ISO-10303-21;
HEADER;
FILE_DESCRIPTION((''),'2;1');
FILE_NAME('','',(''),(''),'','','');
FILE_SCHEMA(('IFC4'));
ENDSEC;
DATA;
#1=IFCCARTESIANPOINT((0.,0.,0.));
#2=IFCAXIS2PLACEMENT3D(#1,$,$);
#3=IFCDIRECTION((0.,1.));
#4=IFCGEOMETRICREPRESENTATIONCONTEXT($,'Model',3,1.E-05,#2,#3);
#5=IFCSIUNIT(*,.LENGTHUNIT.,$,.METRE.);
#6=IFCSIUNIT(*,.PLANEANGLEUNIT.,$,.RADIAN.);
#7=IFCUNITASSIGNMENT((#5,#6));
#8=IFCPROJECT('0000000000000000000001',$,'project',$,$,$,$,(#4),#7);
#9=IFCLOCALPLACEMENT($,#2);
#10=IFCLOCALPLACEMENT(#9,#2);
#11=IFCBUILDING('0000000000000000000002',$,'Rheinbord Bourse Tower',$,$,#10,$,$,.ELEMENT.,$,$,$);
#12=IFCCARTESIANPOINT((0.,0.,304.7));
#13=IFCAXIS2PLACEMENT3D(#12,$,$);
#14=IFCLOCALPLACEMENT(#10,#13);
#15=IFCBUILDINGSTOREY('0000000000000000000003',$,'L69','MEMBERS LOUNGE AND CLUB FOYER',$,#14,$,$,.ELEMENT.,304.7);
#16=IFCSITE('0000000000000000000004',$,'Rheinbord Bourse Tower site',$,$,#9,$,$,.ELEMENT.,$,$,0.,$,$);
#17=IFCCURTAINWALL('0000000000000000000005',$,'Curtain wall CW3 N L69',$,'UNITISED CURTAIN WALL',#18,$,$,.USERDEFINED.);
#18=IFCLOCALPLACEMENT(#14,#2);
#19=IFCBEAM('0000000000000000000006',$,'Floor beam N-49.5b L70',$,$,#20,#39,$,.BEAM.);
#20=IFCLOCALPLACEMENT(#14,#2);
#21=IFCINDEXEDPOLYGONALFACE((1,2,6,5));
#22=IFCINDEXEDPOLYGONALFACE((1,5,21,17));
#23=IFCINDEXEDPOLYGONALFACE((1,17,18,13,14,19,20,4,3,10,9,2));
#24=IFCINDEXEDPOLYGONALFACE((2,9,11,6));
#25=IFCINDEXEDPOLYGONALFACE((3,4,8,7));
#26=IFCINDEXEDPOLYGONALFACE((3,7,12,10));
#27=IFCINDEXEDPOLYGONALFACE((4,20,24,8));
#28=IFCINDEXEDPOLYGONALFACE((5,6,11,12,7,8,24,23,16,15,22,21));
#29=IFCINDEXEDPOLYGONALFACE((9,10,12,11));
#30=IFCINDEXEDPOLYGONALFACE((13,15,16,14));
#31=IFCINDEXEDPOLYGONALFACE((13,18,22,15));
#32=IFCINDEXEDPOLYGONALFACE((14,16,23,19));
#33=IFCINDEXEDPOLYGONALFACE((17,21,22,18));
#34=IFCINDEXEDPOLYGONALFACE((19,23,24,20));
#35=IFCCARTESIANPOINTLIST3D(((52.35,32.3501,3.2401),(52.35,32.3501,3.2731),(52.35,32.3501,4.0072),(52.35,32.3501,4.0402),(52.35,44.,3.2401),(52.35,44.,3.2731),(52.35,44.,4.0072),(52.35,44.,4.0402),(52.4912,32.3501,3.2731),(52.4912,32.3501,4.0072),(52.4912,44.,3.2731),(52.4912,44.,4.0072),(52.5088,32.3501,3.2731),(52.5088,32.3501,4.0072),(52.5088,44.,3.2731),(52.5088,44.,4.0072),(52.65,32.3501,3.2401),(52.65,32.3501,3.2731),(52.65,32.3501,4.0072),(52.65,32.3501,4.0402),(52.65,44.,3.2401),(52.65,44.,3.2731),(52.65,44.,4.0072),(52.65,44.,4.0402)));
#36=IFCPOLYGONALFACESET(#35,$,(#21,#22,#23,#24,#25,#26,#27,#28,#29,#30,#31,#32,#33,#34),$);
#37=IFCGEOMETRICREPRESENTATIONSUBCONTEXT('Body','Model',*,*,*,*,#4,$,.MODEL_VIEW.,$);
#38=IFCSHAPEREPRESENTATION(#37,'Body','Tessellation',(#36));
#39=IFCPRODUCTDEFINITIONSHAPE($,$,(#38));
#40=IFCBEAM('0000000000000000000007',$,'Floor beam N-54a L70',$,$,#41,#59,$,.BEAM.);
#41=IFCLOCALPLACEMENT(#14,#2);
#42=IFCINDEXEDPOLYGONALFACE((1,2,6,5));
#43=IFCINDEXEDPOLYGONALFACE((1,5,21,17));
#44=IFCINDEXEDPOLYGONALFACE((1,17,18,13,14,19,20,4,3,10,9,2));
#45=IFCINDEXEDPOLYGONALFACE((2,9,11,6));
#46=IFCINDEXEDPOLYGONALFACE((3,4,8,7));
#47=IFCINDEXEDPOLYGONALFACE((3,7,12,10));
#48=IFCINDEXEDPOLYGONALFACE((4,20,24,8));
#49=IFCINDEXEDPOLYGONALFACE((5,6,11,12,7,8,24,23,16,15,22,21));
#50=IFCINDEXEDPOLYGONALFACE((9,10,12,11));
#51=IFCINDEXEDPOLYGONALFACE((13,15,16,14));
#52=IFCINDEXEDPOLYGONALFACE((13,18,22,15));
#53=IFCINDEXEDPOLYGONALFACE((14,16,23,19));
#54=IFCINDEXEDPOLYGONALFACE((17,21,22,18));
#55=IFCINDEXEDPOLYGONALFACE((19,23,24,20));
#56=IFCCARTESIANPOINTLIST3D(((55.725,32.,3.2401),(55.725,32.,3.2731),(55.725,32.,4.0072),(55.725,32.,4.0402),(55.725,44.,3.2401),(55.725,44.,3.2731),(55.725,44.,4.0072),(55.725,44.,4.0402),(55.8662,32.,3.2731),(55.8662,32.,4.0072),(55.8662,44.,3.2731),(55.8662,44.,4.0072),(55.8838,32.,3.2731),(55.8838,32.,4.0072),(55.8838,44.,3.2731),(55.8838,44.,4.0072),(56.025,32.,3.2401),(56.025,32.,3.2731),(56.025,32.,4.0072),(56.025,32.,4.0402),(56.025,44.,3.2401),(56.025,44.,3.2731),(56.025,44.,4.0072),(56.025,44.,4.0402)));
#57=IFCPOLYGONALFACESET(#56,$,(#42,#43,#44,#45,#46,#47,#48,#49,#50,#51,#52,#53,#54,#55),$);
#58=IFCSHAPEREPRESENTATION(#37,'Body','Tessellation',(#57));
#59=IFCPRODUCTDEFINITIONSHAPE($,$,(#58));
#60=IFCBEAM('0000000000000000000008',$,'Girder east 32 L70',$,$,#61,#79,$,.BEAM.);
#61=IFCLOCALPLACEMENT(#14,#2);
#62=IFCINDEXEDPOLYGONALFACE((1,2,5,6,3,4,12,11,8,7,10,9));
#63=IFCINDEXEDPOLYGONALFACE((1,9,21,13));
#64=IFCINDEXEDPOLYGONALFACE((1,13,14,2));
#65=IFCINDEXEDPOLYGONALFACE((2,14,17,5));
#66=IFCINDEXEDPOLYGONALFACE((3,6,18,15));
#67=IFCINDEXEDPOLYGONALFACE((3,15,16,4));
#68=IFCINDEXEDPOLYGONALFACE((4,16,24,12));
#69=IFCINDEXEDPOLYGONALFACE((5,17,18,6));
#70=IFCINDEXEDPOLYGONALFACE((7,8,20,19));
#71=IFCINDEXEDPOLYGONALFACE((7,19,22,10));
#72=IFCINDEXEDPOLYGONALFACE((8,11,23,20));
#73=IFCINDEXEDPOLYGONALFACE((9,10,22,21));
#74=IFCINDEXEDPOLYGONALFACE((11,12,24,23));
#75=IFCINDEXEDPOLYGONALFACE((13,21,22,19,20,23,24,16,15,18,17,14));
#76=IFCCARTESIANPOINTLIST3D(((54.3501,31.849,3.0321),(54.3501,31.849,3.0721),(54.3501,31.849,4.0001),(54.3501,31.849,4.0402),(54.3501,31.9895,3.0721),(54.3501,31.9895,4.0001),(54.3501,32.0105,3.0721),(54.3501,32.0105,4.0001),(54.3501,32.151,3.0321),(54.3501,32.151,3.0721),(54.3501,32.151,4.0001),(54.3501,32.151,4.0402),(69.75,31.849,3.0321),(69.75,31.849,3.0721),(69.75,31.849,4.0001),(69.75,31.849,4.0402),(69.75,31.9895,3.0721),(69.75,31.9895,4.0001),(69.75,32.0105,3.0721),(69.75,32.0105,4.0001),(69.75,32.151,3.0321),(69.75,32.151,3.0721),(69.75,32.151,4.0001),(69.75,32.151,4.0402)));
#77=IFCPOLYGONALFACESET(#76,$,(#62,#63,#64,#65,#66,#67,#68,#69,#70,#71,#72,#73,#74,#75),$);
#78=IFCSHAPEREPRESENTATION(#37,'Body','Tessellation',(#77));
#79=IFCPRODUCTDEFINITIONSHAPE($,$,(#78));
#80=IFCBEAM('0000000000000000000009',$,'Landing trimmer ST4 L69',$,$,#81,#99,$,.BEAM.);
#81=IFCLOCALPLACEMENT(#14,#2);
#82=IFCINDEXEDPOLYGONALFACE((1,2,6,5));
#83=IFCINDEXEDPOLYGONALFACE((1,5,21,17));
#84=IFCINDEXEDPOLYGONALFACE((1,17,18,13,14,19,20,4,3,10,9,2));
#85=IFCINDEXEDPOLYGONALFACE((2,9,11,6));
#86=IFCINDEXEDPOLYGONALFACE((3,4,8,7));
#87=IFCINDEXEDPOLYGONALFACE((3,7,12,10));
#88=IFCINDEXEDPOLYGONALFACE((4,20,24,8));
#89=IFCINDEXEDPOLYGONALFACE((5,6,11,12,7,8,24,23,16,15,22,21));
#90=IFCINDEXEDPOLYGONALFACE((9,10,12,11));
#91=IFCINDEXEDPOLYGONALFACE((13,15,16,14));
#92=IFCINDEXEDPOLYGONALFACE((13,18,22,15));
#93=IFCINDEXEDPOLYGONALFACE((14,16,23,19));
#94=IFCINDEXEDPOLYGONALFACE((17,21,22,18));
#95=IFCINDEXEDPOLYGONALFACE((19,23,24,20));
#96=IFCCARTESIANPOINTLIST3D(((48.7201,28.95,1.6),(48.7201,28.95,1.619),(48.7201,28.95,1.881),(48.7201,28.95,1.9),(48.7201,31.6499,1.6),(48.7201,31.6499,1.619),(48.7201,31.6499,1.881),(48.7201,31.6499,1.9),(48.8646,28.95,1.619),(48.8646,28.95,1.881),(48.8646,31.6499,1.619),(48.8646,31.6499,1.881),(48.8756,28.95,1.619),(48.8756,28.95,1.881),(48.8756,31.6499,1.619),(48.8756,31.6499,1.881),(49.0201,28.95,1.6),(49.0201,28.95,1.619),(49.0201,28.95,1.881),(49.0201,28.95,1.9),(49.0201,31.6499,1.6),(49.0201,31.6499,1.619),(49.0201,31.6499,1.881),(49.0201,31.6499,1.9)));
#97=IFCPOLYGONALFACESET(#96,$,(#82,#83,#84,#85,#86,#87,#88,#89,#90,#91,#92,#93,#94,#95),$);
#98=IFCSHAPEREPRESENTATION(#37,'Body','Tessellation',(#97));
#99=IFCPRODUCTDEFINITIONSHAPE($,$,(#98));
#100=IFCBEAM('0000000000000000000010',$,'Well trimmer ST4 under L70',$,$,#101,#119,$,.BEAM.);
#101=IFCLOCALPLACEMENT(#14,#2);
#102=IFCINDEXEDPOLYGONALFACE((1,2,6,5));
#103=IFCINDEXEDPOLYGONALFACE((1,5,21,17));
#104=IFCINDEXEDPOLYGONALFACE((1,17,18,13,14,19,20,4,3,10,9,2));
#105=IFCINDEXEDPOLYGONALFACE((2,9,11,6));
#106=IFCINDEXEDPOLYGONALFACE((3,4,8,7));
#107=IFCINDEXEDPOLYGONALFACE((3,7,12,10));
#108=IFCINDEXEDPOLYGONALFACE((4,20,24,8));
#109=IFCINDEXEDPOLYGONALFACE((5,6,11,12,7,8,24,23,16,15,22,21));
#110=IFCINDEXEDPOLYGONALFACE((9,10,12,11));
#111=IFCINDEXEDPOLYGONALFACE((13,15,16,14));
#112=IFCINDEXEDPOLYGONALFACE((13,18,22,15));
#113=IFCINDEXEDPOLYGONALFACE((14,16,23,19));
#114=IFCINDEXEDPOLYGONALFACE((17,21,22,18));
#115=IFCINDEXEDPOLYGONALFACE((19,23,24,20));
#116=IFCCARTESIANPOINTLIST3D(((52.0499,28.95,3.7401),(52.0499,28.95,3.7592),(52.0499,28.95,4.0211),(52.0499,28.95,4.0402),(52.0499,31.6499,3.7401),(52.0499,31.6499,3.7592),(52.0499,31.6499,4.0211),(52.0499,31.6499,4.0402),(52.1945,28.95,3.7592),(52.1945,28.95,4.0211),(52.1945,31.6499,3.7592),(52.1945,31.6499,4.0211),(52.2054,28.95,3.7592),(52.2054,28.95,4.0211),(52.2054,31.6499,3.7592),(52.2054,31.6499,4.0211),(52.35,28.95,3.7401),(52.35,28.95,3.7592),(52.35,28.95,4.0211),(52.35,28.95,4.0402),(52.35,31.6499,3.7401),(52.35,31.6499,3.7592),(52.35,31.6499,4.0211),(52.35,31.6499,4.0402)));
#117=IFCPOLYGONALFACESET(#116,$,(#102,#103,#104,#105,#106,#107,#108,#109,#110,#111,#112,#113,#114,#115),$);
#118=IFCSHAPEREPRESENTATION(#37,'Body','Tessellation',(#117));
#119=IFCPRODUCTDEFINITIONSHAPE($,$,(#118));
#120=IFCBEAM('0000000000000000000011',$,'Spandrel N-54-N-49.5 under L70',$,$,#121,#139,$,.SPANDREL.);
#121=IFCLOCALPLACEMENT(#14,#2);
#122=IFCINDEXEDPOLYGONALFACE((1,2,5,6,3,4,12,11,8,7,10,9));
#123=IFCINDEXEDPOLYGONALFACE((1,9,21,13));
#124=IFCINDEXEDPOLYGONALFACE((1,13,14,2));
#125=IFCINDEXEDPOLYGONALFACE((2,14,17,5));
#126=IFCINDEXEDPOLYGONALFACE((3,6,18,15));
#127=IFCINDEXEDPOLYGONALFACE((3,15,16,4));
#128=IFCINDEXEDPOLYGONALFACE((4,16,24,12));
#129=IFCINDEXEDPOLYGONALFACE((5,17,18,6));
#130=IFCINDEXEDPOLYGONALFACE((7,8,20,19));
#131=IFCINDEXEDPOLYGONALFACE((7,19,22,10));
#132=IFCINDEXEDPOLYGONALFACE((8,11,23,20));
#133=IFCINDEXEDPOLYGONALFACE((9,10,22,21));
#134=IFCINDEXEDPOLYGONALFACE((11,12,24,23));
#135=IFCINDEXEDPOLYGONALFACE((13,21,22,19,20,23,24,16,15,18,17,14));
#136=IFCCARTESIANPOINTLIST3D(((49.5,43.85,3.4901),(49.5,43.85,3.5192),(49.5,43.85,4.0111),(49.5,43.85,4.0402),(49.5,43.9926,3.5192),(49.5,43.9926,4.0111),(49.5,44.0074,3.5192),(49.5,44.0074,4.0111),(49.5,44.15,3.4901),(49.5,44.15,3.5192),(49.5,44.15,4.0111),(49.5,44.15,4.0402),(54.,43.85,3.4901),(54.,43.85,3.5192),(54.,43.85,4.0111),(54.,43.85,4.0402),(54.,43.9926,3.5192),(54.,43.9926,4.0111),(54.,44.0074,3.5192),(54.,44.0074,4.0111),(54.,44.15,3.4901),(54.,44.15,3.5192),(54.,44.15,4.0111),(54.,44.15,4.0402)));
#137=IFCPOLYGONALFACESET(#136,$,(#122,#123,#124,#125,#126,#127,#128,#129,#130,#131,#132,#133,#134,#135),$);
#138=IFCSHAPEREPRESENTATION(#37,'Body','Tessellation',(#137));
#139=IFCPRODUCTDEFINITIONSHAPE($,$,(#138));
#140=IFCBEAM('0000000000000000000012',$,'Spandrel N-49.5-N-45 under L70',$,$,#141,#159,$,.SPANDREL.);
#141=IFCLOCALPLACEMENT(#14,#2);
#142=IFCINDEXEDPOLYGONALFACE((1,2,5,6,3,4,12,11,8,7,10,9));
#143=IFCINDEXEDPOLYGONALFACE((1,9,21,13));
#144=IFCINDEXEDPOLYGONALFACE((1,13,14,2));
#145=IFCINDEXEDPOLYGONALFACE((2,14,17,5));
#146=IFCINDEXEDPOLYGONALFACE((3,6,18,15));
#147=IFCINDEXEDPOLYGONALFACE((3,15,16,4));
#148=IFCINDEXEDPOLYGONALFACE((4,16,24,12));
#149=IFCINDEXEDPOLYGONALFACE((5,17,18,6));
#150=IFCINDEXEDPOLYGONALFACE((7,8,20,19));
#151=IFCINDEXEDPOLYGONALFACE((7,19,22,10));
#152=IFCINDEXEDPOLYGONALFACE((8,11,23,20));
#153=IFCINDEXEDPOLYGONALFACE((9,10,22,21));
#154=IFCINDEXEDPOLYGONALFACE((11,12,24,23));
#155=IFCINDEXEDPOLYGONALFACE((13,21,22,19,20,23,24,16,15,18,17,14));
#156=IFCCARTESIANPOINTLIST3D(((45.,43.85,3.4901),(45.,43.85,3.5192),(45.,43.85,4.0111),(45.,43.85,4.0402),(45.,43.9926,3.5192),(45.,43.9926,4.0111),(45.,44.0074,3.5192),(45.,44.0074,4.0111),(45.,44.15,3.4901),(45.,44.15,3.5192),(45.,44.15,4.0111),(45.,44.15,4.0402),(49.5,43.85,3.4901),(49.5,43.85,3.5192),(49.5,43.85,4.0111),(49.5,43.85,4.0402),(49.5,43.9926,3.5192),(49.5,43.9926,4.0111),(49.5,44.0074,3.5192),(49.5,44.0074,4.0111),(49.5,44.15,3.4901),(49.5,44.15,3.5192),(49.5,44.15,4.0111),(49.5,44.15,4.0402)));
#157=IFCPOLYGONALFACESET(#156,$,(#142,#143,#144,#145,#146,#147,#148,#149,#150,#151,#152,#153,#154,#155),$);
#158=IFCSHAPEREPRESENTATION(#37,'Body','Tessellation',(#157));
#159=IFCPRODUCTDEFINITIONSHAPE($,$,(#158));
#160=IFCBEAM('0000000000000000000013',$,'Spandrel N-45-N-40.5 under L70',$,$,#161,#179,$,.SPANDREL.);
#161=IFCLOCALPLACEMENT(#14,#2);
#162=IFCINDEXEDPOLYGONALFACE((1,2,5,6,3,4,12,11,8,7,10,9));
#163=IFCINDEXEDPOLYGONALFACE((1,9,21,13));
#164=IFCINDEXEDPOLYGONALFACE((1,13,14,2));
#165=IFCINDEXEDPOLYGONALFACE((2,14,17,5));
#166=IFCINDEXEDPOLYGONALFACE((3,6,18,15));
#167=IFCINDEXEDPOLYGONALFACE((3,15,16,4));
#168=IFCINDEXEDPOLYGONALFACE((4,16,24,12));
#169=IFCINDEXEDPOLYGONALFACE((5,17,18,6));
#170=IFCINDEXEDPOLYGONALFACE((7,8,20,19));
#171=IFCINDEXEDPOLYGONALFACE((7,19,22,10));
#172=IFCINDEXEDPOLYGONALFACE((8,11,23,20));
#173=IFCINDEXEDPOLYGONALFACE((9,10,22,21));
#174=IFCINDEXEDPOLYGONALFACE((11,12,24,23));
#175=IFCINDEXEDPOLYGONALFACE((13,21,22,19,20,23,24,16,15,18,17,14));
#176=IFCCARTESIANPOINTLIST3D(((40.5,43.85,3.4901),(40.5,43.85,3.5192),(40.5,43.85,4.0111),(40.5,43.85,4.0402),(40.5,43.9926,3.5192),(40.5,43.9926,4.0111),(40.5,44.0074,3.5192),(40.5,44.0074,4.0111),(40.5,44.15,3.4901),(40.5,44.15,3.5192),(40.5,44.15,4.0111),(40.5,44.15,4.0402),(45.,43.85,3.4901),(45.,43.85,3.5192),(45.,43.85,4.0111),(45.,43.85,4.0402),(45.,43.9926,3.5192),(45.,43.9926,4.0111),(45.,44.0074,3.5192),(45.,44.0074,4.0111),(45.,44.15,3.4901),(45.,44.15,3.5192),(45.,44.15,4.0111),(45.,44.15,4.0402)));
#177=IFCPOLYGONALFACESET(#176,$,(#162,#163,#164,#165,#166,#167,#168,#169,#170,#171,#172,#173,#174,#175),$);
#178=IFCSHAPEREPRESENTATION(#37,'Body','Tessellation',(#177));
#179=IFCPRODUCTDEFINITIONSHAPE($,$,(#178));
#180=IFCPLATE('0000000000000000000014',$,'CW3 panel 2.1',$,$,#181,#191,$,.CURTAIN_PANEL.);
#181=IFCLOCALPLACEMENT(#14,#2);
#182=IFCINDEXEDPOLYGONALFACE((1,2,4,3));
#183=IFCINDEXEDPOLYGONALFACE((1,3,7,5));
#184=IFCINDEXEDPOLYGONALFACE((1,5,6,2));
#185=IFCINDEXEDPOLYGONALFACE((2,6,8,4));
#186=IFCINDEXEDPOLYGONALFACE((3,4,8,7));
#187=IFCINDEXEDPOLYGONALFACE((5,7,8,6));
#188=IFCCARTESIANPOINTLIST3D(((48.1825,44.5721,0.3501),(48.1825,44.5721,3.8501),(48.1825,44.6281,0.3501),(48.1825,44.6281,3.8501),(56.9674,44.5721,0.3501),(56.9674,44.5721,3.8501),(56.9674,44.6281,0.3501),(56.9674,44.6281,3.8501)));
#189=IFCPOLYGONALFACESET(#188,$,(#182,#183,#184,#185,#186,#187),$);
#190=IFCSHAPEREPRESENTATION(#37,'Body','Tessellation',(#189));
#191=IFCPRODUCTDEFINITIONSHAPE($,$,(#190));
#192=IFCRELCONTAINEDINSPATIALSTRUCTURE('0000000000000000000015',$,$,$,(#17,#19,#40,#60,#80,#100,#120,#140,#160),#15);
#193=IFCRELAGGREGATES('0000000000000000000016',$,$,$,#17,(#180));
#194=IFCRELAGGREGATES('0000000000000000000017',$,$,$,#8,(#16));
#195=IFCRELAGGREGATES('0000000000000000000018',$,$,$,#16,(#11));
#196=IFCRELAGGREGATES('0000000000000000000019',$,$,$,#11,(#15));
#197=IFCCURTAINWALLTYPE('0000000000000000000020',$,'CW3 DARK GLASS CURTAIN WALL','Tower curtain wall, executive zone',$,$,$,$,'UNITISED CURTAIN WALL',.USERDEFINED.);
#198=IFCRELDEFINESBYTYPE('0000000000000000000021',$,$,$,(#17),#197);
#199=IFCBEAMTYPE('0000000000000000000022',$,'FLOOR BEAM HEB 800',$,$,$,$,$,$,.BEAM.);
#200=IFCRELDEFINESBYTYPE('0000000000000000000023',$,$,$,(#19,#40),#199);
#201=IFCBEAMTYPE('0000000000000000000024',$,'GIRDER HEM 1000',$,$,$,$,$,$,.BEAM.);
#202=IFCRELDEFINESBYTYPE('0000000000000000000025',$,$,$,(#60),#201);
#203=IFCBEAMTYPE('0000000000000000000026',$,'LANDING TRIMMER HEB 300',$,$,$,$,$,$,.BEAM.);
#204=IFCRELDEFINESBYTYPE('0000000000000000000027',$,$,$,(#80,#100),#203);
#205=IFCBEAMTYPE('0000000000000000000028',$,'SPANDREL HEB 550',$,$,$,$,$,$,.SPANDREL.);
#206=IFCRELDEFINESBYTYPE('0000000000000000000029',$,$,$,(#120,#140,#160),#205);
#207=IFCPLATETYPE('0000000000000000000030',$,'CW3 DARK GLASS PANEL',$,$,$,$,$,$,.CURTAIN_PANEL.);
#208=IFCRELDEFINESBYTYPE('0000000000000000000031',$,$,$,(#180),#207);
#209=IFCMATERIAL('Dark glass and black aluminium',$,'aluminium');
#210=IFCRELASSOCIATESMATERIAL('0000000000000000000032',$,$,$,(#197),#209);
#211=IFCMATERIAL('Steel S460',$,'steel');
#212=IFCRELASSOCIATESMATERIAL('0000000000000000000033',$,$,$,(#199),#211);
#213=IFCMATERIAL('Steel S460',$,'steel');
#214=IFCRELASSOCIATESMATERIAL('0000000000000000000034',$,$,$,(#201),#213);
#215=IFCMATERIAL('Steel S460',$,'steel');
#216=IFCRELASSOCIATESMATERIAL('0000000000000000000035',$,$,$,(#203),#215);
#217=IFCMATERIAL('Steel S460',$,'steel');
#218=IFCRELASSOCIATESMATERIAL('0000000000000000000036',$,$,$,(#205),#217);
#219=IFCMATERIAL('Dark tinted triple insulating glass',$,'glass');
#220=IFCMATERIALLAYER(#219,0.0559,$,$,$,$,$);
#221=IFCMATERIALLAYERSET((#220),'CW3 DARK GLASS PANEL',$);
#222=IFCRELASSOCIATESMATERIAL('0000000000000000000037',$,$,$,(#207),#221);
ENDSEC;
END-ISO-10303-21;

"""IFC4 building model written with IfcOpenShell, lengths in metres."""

from ifc_helpers import new_model, si_unit, direction, frame, origin, origin_2d, place, context, subcontext, project, spatial, rectangle, i_section, extrude, material, layer, layer_set, material_profile, profile_set, type_object, element, aggregate, save


model = new_model("IFC4")

# Units and contexts
model_context = context("Model", 3, precision=1e-05, world=origin(), true_north=direction((0.0, 1.0)))
body_context = subcontext(model_context, "Body", "Model", "MODEL_VIEW")
ifc_project = project(units=[si_unit("LENGTHUNIT", "METRE"), si_unit("PLANEANGLEUNIT", "RADIAN")], contexts=[model_context])

# Site, building, storey
site_placement = place(None, origin())
site = spatial("IfcSite", under=ifc_project, at=site_placement, Name="Rheinbord Bourse Tower site", CompositionType="ELEMENT", RefElevation=0.0)
building_placement = place(site_placement, origin())
building = spatial("IfcBuilding", under=site, at=building_placement, Name="Rheinbord Bourse Tower", CompositionType="ELEMENT")
storey_placement = place(building_placement, frame((0.0, 0.0, 304.7)))
storey = spatial("IfcBuildingStorey", under=building, at=storey_placement, Name="L69", Description="MEMBERS LOUNGE AND CLUB FOYER", CompositionType="ELEMENT", Elevation=304.7)

# Curtain wall
ifc_material_1 = material(Name="Dark glass and black aluminium", Category="aluminium")
curtain_wall_type = type_object("IfcCurtainWallType", Name="CW3 DARK GLASS CURTAIN WALL", Description="Tower curtain wall, executive zone", ElementType="UNITISED CURTAIN WALL", PredefinedType="USERDEFINED", material=ifc_material_1)
curtain_wall_placement = place(storey_placement, origin())
curtain_wall = element("IfcCurtainWall", 1, at=curtain_wall_placement, inside=storey, type_object=curtain_wall_type, Name="Curtain wall CW3 N L69", ObjectType="UNITISED CURTAIN WALL", PredefinedType="USERDEFINED")

# Beams
ifc_material_2 = material(Name="Steel S460", Category="steel")
ifc_material_profile_1 = material_profile(ifc_material_2, i_section(OverallWidth=0.3, OverallDepth=0.8, WebThickness=0.0176, FlangeThickness=0.033, at=origin_2d()), Name="HEB 800")
ifc_profile_set_1 = profile_set([ifc_material_profile_1], Name="Steel S460")
beam_type_1 = type_object("IfcBeamType", Name="FLOOR BEAM HEB 800", PredefinedType="BEAM", material=ifc_profile_set_1)
for number, where, z_axis, x_axis, name in (
    (2, (52.5, 44.0, 3.6401), (0.0, -1.0, 0.0), (1.0, 0.0, 0.0), "Floor beam N-49.5b L70"),
):
    element("IfcBeam", number, at=place(storey_placement, frame(where, z_axis=z_axis, x_axis=x_axis)), inside=storey, type_object=beam_type_1, Name=name, PredefinedType="BEAM", context=body_context, shape_type="SweptSolid", body=[
        extrude(i_section(OverallWidth=0.3, OverallDepth=0.8, WebThickness=0.0176, FlangeThickness=0.033, at=origin_2d()), origin(), (0.0, 0.0, 1.0), 11.6499),
    ])
beam_1_placement = place(storey_placement, frame((55.875, 44.0, 3.6401), z_axis=(0.0, -1.0, 0.0), x_axis=(1.0, 0.0, 0.0)))
element("IfcBeam", 3, at=beam_1_placement, inside=storey, type_object=beam_type_1, Name="Floor beam N-54a L70", PredefinedType="BEAM", context=body_context, shape_type="SweptSolid", body=[
    extrude(i_section(OverallWidth=0.3, OverallDepth=0.8, WebThickness=0.0176, FlangeThickness=0.033, at=origin_2d()), origin(), (0.0, 0.0, 1.0), 12.0),
])
ifc_material_3 = material(Name="Steel S460", Category="steel")
ifc_material_profile_2 = material_profile(ifc_material_3, i_section(OverallWidth=0.302, OverallDepth=1.0081, WebThickness=0.021, FlangeThickness=0.04, at=origin_2d()), Name="HEM 1000")
ifc_profile_set_2 = profile_set([ifc_material_profile_2], Name="Steel S460")
beam_type_2 = type_object("IfcBeamType", Name="GIRDER HEM 1000", PredefinedType="BEAM", material=ifc_profile_set_2)
beam_2_placement = place(storey_placement, frame((54.3501, 32.0, 3.5361), z_axis=(1.0, 0.0, 0.0), x_axis=(0.0, 1.0, 0.0)))
element("IfcBeam", 4, at=beam_2_placement, inside=storey, type_object=beam_type_2, Name="Girder east 32 L70", PredefinedType="BEAM", context=body_context, shape_type="SweptSolid", body=[
    extrude(i_section(OverallWidth=0.302, OverallDepth=1.0081, WebThickness=0.021, FlangeThickness=0.04, at=origin_2d()), origin(), (0.0, 0.0, 1.0), 15.3999),
])
ifc_material_4 = material(Name="Steel S460", Category="steel")
ifc_material_profile_3 = material_profile(ifc_material_4, i_section(OverallWidth=0.3, OverallDepth=0.3, WebThickness=0.011, FlangeThickness=0.019, at=origin_2d()), Name="HEB 300")
ifc_profile_set_3 = profile_set([ifc_material_profile_3], Name="Steel S460")
beam_type_3 = type_object("IfcBeamType", Name="LANDING TRIMMER HEB 300", PredefinedType="BEAM", material=ifc_profile_set_3)
for number, where, z_axis, x_axis, name in (
    (5, (48.8701, 28.95, 1.75), (0.0, 1.0, 0.0), (-1.0, 0.0, 0.0), "Landing trimmer ST4 L69"),
    (6, (52.2, 28.95, 3.8901), (0.0, 1.0, 0.0), (-1.0, 0.0, 0.0), "Well trimmer ST4 under L70"),
):
    element("IfcBeam", number, at=place(storey_placement, frame(where, z_axis=z_axis, x_axis=x_axis)), inside=storey, type_object=beam_type_3, Name=name, PredefinedType="BEAM", context=body_context, shape_type="SweptSolid", body=[
        extrude(i_section(OverallWidth=0.3, OverallDepth=0.3, WebThickness=0.011, FlangeThickness=0.019, at=origin_2d()), origin(), (0.0, 0.0, 1.0), 2.7),
    ])
ifc_material_5 = material(Name="Steel S460", Category="steel")
ifc_material_profile_4 = material_profile(ifc_material_5, i_section(OverallWidth=0.3, OverallDepth=0.55, WebThickness=0.0149, FlangeThickness=0.0291, at=origin_2d()), Name="HEB 550")
ifc_profile_set_4 = profile_set([ifc_material_profile_4], Name="Steel S460")
beam_type_4 = type_object("IfcBeamType", Name="SPANDREL HEB 550", PredefinedType="SPANDREL", material=ifc_profile_set_4)
for number, where, z_axis, x_axis, name in (
    (7, (54.0, 44.0, 3.7651), (-1.0, 0.0, 0.0), (0.0, -1.0, 0.0), "Spandrel N-54-N-49.5 under L70"),
    (8, (49.5, 44.0, 3.7651), (-1.0, 0.0, 0.0), (0.0, -1.0, 0.0), "Spandrel N-49.5-N-45 under L70"),
    (9, (45.0, 44.0, 3.7651), (-1.0, 0.0, 0.0), (0.0, -1.0, 0.0), "Spandrel N-45-N-40.5 under L70"),
):
    element("IfcBeam", number, at=place(storey_placement, frame(where, z_axis=z_axis, x_axis=x_axis)), inside=storey, type_object=beam_type_4, Name=name, PredefinedType="SPANDREL", context=body_context, shape_type="SweptSolid", body=[
        extrude(i_section(OverallWidth=0.3, OverallDepth=0.55, WebThickness=0.0149, FlangeThickness=0.0291, at=origin_2d()), origin(), (0.0, 0.0, 1.0), 4.5),
    ])

# Plate
ifc_material_6 = material(Name="Dark tinted triple insulating glass", Category="glass")
ifc_layer_1 = layer(ifc_material_6, 0.0559)
ifc_layer_set_1 = layer_set([ifc_layer_1], Name="CW3 DARK GLASS PANEL")
plate_type = type_object("IfcPlateType", Name="CW3 DARK GLASS PANEL", PredefinedType="CURTAIN_PANEL", material=ifc_layer_set_1)
plate_placement = place(storey_placement, frame((52.575, 44.6001, 0.3501), z_axis=(0.0, 0.0, 1.0), x_axis=(-1.0, 0.0, 0.0)))
plate = element("IfcPlate", 10, at=plate_placement, type_object=plate_type, Name="CW3 panel 2.1", PredefinedType="CURTAIN_PANEL", context=body_context, shape_type="SweptSolid", body=[
    extrude(rectangle(XDim=8.7849, YDim=0.0559, at=origin_2d()), origin(), (0.0, 0.0, 1.0), 3.5),
])
aggregate(curtain_wall, [plate])

save(model, "model.ifc")
